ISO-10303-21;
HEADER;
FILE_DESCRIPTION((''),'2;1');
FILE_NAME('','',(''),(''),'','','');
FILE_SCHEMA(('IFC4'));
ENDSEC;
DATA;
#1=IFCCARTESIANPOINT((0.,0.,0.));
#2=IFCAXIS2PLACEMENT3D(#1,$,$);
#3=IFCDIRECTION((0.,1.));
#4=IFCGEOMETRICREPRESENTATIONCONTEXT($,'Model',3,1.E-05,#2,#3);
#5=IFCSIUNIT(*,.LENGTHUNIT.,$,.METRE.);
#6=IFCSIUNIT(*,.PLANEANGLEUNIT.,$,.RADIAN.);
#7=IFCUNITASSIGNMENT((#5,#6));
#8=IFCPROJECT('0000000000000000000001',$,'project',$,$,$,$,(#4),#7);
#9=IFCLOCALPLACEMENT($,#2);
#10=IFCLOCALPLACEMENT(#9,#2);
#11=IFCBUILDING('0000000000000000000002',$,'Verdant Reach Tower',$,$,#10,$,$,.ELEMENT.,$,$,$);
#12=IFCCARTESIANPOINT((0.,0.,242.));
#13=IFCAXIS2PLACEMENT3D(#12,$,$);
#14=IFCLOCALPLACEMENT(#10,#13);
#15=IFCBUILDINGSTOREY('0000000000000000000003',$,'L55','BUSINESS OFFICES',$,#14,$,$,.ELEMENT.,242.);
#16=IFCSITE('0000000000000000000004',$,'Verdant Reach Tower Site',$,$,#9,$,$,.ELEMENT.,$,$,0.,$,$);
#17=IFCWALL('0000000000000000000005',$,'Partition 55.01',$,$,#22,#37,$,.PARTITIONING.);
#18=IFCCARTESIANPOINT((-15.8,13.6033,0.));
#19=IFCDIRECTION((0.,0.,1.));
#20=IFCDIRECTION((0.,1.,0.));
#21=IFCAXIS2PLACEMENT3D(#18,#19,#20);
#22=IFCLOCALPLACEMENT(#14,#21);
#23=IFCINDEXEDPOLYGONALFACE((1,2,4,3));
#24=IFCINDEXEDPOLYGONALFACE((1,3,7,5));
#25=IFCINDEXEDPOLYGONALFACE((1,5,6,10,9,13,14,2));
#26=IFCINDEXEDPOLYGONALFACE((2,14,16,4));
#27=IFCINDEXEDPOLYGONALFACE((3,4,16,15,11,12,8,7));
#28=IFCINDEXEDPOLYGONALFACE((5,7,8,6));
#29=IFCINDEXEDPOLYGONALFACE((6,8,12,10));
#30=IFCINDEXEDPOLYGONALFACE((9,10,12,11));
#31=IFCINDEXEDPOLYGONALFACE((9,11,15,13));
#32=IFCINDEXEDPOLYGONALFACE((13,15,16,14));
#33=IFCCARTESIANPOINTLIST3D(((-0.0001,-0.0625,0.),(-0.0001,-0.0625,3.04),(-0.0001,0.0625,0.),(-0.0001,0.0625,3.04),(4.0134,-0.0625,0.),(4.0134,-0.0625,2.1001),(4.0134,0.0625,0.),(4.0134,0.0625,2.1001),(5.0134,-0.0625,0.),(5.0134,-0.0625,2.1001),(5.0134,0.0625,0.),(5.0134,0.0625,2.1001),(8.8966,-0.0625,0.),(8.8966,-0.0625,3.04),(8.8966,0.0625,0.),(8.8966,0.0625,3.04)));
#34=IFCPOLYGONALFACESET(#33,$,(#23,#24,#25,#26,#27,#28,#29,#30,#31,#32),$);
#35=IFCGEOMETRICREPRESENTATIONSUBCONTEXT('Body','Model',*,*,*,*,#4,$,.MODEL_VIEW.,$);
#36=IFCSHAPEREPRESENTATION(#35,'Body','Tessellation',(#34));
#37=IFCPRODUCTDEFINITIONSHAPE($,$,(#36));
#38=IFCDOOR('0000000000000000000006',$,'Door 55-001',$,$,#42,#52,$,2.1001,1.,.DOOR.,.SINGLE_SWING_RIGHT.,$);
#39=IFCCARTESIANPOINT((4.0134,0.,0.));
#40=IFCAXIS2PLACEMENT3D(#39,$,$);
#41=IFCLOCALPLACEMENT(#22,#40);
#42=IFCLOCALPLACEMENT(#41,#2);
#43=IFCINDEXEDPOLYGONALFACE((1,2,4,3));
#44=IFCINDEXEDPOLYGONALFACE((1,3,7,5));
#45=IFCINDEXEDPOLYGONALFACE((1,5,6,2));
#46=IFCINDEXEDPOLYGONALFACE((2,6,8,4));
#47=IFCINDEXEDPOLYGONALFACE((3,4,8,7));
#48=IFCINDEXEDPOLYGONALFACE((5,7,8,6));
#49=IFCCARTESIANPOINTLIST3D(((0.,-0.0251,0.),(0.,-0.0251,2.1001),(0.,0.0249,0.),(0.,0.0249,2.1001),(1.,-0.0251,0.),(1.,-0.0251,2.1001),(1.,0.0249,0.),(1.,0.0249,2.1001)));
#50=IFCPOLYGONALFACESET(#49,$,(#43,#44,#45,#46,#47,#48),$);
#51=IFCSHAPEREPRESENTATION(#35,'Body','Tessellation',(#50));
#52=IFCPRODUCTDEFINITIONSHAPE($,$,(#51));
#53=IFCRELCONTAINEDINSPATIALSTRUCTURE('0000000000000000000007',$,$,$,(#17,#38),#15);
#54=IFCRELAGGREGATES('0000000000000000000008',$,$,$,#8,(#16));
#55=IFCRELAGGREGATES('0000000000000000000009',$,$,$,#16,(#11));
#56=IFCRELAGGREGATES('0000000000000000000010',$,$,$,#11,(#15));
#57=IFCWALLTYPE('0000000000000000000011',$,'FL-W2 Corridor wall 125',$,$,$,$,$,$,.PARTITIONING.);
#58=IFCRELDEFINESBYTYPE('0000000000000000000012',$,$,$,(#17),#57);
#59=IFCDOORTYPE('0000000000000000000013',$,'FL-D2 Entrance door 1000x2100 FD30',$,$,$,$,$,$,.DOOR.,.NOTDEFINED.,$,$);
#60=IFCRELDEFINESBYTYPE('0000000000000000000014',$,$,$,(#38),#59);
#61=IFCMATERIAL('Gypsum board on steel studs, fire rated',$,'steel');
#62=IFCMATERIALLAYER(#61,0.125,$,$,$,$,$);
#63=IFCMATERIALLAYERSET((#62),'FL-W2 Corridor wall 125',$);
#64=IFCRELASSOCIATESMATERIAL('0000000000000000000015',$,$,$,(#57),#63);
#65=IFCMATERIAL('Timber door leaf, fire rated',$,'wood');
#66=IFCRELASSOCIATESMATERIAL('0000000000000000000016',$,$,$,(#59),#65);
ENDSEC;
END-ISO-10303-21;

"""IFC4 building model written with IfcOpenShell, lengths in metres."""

from ifc_helpers import new_model, si_unit, direction, frame, frame_2d, origin, place, context, subcontext, project, spatial, rectangle, extrude, material, layer, layer_set, type_object, element, fill, save


model = new_model("IFC4")

# Units and contexts
model_context = context("Model", 3, precision=1e-05, world=origin(), true_north=direction((0.0, 1.0)))
body_context = subcontext(model_context, "Body", "Model", "MODEL_VIEW")
ifc_project = project(units=[si_unit("LENGTHUNIT", "METRE"), si_unit("PLANEANGLEUNIT", "RADIAN")], contexts=[model_context])

# Site, building, storey
site_placement = place(None, origin())
site = spatial("IfcSite", under=ifc_project, at=site_placement, Name="Verdant Reach Tower Site", CompositionType="ELEMENT", RefElevation=0.0)
building_placement = place(site_placement, origin())
building = spatial("IfcBuilding", under=site, at=building_placement, Name="Verdant Reach Tower", CompositionType="ELEMENT")
storey_placement = place(building_placement, frame((0.0, 0.0, 242.0)))
storey = spatial("IfcBuildingStorey", under=building, at=storey_placement, Name="L55", Description="BUSINESS OFFICES", CompositionType="ELEMENT", Elevation=242.0)

# Wall, opening, door
ifc_material_1 = material(Name="Gypsum board on steel studs, fire rated", Category="steel")
ifc_layer_1 = layer(ifc_material_1, 0.125)
ifc_layer_set_1 = layer_set([ifc_layer_1], Name="FL-W2 Corridor wall 125")
wall_type_1 = type_object("IfcWallType", Name="FL-W2 Corridor wall 125", PredefinedType="PARTITIONING", material=ifc_layer_set_1)
wall_1_placement = place(storey_placement, frame((-15.8, 13.6033, 0.0), z_axis=(0.0, 0.0, 1.0), x_axis=(0.0, 1.0, 0.0)))
wall_1 = element("IfcWall", 1, at=wall_1_placement, inside=storey, type_object=wall_type_1, Name="Partition 55.01", PredefinedType="PARTITIONING", context=body_context, shape_type="SweptSolid", body=[
    extrude(rectangle(XDim=8.8967, YDim=0.125, at=frame_2d((4.4482, 0.0))), origin(), (0.0, 0.0, 1.0), 3.04),
])
opening_1_placement = place(wall_1_placement, frame((4.0134, 0.0, 0.0)))
opening_1 = element("IfcOpeningElement", 2, at=opening_1_placement, cuts=wall_1, PredefinedType="OPENING", context=body_context, shape_type="SweptSolid", body=[
    extrude(rectangle(XDim=1.0, YDim=2.1001, at=frame_2d((0.5, 1.05))), frame((0.0, 0.0725, 0.0), z_axis=(0.0, -1.0, 0.0), x_axis=(1.0, 0.0, 0.0)), (0.0, 0.0, 1.0), 0.145),
])
ifc_material_2 = material(Name="Timber door leaf, fire rated", Category="wood")
door_type = type_object("IfcDoorType", Name="FL-D2 Entrance door 1000x2100 FD30", OperationType="NOTDEFINED", PredefinedType="DOOR", material=ifc_material_2)
door_1_placement = place(opening_1_placement, origin())
door_1 = element("IfcDoor", 3, at=door_1_placement, inside=storey, type_object=door_type, Name="Door 55-001", OperationType="SINGLE_SWING_RIGHT", OverallHeight=2.1001, OverallWidth=1.0, PredefinedType="DOOR", context=body_context, shape_type="SweptSolid", body=[
    extrude(rectangle(XDim=1.0, YDim=2.1001, at=frame_2d((0.5, 1.05))), frame((0.0, 0.0249, 0.0), z_axis=(0.0, -1.0, 0.0), x_axis=(1.0, 0.0, 0.0)), (0.0, 0.0, 1.0), 0.05),
])
fill(opening_1, door_1)

save(model, "model.ifc")
